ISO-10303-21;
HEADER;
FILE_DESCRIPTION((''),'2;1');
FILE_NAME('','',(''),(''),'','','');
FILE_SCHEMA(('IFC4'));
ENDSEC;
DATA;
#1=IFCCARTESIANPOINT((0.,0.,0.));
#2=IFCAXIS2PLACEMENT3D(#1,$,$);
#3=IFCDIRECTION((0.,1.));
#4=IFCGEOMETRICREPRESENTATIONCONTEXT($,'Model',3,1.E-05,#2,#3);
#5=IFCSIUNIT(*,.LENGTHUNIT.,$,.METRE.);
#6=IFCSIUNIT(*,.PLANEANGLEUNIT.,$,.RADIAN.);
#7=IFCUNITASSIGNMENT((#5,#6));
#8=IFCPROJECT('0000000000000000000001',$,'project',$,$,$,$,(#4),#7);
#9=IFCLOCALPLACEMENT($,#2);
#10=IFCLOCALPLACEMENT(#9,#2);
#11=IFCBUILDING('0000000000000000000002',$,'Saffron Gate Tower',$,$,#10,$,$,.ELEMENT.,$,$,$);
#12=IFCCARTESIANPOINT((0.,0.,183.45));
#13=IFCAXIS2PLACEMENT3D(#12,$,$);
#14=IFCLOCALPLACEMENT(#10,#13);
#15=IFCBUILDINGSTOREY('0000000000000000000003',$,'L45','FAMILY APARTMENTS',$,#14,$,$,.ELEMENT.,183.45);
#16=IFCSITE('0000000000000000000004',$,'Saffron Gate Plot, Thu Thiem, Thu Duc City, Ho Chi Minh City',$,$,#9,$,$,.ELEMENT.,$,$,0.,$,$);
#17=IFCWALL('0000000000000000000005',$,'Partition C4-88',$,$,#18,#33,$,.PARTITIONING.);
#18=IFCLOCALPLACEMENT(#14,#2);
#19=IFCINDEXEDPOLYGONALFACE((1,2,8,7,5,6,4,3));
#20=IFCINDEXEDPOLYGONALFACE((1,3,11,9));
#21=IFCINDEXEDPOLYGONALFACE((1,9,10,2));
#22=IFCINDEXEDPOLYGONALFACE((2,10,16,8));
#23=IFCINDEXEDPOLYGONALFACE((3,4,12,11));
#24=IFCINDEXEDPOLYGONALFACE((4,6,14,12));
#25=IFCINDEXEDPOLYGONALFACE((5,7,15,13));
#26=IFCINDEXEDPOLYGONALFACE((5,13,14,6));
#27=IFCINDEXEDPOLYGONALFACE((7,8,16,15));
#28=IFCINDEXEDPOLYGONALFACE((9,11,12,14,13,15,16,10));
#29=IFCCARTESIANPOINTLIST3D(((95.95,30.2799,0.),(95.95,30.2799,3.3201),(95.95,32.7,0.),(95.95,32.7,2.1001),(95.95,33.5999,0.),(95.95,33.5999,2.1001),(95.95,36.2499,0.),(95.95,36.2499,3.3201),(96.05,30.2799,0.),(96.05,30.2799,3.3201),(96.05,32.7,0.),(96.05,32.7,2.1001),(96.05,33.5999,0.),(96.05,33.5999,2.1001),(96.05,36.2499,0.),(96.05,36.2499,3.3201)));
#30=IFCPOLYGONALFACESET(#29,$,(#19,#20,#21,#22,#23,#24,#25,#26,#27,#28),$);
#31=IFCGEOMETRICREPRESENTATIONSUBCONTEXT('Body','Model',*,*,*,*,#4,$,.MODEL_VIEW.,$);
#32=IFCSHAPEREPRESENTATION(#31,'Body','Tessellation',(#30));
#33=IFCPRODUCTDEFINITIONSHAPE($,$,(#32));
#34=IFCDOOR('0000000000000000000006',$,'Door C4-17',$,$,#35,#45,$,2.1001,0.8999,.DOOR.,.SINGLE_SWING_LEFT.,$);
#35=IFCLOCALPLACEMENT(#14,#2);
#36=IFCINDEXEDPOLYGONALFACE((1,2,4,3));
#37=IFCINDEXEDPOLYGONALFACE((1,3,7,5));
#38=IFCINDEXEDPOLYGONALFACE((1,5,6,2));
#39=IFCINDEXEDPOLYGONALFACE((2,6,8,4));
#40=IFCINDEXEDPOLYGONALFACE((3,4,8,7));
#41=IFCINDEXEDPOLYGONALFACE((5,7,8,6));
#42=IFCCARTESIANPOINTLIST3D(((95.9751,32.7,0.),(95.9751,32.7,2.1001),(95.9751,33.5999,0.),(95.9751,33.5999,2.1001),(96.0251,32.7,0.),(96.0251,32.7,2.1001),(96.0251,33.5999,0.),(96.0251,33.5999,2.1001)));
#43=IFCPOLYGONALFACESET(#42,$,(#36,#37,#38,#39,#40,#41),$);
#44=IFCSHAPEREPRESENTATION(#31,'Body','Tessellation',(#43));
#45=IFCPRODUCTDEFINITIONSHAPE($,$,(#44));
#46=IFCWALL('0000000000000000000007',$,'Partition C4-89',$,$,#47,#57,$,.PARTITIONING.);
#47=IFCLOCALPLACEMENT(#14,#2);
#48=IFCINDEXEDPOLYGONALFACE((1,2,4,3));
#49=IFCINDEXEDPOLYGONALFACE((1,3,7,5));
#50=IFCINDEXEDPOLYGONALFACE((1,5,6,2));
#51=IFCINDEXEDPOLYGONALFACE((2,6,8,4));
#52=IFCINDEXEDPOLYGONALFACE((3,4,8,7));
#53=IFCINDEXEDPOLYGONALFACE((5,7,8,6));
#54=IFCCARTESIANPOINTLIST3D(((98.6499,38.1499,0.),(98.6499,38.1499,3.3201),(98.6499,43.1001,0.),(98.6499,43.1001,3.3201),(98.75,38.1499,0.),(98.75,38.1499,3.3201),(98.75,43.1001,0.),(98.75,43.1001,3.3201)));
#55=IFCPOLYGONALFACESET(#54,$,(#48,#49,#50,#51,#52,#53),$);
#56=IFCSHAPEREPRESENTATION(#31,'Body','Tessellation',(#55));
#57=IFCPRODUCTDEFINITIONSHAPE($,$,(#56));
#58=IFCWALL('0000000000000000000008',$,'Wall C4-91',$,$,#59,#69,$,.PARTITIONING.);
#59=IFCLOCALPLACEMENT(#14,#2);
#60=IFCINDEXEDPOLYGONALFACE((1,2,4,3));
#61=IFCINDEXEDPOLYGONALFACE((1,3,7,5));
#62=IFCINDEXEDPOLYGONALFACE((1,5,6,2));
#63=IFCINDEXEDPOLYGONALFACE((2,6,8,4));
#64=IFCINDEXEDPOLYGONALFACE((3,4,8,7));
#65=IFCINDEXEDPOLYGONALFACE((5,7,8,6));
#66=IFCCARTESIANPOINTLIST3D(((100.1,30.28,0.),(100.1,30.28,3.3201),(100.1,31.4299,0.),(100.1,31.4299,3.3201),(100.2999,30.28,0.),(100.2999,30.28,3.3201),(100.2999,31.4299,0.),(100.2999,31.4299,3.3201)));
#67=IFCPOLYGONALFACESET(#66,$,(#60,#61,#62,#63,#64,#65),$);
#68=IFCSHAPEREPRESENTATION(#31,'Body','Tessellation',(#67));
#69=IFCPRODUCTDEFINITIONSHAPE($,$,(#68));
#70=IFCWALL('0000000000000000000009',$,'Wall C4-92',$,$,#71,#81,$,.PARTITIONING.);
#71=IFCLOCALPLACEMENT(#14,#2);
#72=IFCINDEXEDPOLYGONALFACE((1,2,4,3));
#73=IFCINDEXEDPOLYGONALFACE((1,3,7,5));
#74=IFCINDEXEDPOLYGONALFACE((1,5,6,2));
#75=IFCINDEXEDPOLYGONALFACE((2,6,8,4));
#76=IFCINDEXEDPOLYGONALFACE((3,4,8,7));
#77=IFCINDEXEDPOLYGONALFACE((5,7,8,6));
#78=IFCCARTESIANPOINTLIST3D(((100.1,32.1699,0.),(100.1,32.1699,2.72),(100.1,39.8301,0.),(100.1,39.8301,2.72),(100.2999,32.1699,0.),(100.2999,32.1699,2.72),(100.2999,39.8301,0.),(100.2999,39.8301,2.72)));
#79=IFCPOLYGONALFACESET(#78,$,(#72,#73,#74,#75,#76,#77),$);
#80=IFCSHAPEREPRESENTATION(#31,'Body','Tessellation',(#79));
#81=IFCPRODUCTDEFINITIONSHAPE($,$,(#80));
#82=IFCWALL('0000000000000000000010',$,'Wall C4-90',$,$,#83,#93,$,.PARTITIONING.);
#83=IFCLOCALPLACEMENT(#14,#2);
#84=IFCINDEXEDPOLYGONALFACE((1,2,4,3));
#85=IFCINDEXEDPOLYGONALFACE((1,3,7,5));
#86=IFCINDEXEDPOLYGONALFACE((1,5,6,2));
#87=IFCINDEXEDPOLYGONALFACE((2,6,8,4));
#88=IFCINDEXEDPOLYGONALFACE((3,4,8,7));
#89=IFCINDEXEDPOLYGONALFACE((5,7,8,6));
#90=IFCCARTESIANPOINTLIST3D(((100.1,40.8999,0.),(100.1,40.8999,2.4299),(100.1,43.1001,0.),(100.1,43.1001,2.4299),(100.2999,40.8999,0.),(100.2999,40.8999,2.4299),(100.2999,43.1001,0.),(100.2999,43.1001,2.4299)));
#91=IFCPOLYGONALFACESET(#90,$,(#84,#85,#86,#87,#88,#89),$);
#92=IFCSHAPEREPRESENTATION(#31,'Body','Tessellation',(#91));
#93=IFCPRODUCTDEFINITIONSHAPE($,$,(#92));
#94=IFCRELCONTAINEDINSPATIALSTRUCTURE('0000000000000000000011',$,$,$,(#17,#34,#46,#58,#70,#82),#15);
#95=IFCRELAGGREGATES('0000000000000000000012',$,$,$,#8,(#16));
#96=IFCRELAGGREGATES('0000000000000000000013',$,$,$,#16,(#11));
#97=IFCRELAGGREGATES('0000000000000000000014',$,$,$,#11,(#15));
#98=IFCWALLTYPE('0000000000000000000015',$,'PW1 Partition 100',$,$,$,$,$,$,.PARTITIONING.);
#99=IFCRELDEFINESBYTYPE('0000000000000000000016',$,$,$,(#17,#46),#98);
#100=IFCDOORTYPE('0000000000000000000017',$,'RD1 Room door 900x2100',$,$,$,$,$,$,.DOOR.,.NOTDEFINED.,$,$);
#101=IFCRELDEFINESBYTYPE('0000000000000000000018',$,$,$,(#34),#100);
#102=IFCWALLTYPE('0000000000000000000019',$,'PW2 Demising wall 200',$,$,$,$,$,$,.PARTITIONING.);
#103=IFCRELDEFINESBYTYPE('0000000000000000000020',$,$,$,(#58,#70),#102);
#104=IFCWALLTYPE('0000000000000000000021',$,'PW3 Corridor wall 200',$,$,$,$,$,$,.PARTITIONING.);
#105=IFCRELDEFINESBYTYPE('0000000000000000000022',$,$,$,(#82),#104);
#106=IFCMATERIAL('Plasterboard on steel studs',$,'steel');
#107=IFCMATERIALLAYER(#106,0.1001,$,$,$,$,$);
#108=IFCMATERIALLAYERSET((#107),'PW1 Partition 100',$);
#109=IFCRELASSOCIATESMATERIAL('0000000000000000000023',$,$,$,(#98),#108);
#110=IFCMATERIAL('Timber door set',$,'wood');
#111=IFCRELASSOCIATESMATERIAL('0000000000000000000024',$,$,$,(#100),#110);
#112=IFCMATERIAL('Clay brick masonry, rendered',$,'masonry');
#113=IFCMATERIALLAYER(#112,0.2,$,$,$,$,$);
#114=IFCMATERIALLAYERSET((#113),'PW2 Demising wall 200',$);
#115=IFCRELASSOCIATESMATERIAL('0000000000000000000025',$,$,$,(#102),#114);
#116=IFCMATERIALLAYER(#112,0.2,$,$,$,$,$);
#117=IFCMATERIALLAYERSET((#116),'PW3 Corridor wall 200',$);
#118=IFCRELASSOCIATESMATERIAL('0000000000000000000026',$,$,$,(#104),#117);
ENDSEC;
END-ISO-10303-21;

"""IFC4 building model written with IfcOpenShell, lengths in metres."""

from ifc_helpers import new_model, si_unit, direction, frame, frame_2d, origin, place, context, subcontext, project, spatial, rectangle, extrude, material, layer, layer_set, type_object, element, fill, save


model = new_model("IFC4")

# Units and contexts
model_context = context("Model", 3, precision=1e-05, world=origin(), true_north=direction((0.0, 1.0)))
body_context = subcontext(model_context, "Body", "Model", "MODEL_VIEW")
ifc_project = project(units=[si_unit("LENGTHUNIT", "METRE"), si_unit("PLANEANGLEUNIT", "RADIAN")], contexts=[model_context])

# Site, building, storey
site_placement = place(None, origin())
site = spatial("IfcSite", under=ifc_project, at=site_placement, Name="Saffron Gate Plot, Thu Thiem, Thu Duc City, Ho Chi Minh City", CompositionType="ELEMENT", RefElevation=0.0)
building_placement = place(site_placement, origin())
building = spatial("IfcBuilding", under=site, at=building_placement, Name="Saffron Gate Tower", CompositionType="ELEMENT")
storey_placement = place(building_placement, frame((0.0, 0.0, 183.45)))
storey = spatial("IfcBuildingStorey", under=building, at=storey_placement, Name="L45", Description="FAMILY APARTMENTS", CompositionType="ELEMENT", Elevation=183.45)

# Shared definitions
ifc_material_1 = material(Name="Plasterboard on steel studs", Category="steel")
ifc_layer_1 = layer(ifc_material_1, 0.1001)
ifc_layer_set_1 = layer_set([ifc_layer_1], Name="PW1 Partition 100")
wall_type_1 = type_object("IfcWallType", Name="PW1 Partition 100", PredefinedType="PARTITIONING", material=ifc_layer_set_1)
ifc_material_2 = material(Name="Timber door set", Category="wood")
door_type = type_object("IfcDoorType", Name="RD1 Room door 900x2100", OperationType="NOTDEFINED", PredefinedType="DOOR", material=ifc_material_2)

# Wall, opening, door
wall_1_placement = place(storey_placement, frame((96.0, 30.28, 0.0), z_axis=(0.0, 0.0, 1.0), x_axis=(0.0, 1.0, 0.0)))
wall_1 = element("IfcWall", 1, at=wall_1_placement, inside=storey, type_object=wall_type_1, Name="Partition C4-88", PredefinedType="PARTITIONING", context=body_context, shape_type="SweptSolid", body=[
    extrude(rectangle(XDim=5.97, YDim=0.1001, at=frame_2d((2.9849, 0.0))), origin(), (0.0, 0.0, 1.0), 3.3201),
])
opening_1_placement = place(wall_1_placement, frame((2.4199, 0.0, 0.0)))
opening_1 = element("IfcOpeningElement", 2, at=opening_1_placement, cuts=wall_1, PredefinedType="OPENING", context=body_context, shape_type="SweptSolid", body=[
    extrude(rectangle(XDim=0.8999, YDim=2.1001, at=frame_2d((0.45, 1.05))), frame((0.0, 0.0601, 0.0), z_axis=(0.0, -1.0, 0.0), x_axis=(1.0, 0.0, 0.0)), (0.0, 0.0, 1.0), 0.1201),
])
door_1_placement = place(opening_1_placement, origin())
door_1 = element("IfcDoor", 3, at=door_1_placement, inside=storey, type_object=door_type, Name="Door C4-17", OperationType="SINGLE_SWING_LEFT", OverallHeight=2.1001, OverallWidth=0.8999, PredefinedType="DOOR", context=body_context, shape_type="SweptSolid", body=[
    extrude(rectangle(XDim=0.8999, YDim=2.1001, at=frame_2d((0.45, 1.05))), frame((0.0, 0.0249, 0.0), z_axis=(0.0, -1.0, 0.0), x_axis=(1.0, 0.0, 0.0)), (0.0, 0.0, 1.0), 0.05),
])
fill(opening_1, door_1)

# Walls
wall_2_placement = place(storey_placement, frame((98.7, 43.1001, 0.0), z_axis=(0.0, 0.0, 1.0), x_axis=(0.0, -1.0, 0.0)))
element("IfcWall", 4, at=wall_2_placement, inside=storey, type_object=wall_type_1, Name="Partition C4-89", PredefinedType="PARTITIONING", context=body_context, shape_type="SweptSolid", body=[
    extrude(rectangle(XDim=4.9502, YDim=0.1001, at=frame_2d((2.4751, 0.0))), origin(), (0.0, 0.0, 1.0), 3.3201),
])
ifc_material_3 = material(Name="Clay brick masonry, rendered", Category="masonry")
ifc_layer_2 = layer(ifc_material_3, 0.2)
ifc_layer_set_2 = layer_set([ifc_layer_2], Name="PW2 Demising wall 200")
wall_type_2 = type_object("IfcWallType", Name="PW2 Demising wall 200", PredefinedType="PARTITIONING", material=ifc_layer_set_2)
wall_3_placement = place(storey_placement, frame((100.2, 31.4299, 0.0), z_axis=(0.0, 0.0, 1.0), x_axis=(0.0, -1.0, 0.0)))
element("IfcWall", 5, at=wall_3_placement, inside=storey, type_object=wall_type_2, Name="Wall C4-91", PredefinedType="PARTITIONING", context=body_context, shape_type="SweptSolid", body=[
    extrude(rectangle(XDim=1.1499, YDim=0.2, at=frame_2d((0.575, 0.0))), origin(), (0.0, 0.0, 1.0), 3.3201),
])
wall_4_placement = place(storey_placement, frame((100.2, 39.8301, 0.0), z_axis=(0.0, 0.0, 1.0), x_axis=(0.0, -1.0, 0.0)))
element("IfcWall", 6, at=wall_4_placement, inside=storey, type_object=wall_type_2, Name="Wall C4-92", PredefinedType="PARTITIONING", context=body_context, shape_type="SweptSolid", body=[
    extrude(rectangle(XDim=7.6602, YDim=0.2, at=frame_2d((3.8301, 0.0))), origin(), (0.0, 0.0, 1.0), 2.72),
])
ifc_layer_3 = layer(ifc_material_3, 0.2)
ifc_layer_set_3 = layer_set([ifc_layer_3], Name="PW3 Corridor wall 200")
wall_type_3 = type_object("IfcWallType", Name="PW3 Corridor wall 200", PredefinedType="PARTITIONING", material=ifc_layer_set_3)
wall_5_placement = place(storey_placement, frame((100.2, 43.1001, 0.0), z_axis=(0.0, 0.0, 1.0), x_axis=(0.0, -1.0, 0.0)))
element("IfcWall", 7, at=wall_5_placement, inside=storey, type_object=wall_type_3, Name="Wall C4-90", PredefinedType="PARTITIONING", context=body_context, shape_type="SweptSolid", body=[
    extrude(rectangle(XDim=2.2002, YDim=0.2, at=frame_2d((1.1001, 0.0))), origin(), (0.0, 0.0, 1.0), 2.4299),
])

save(model, "model.ifc")
